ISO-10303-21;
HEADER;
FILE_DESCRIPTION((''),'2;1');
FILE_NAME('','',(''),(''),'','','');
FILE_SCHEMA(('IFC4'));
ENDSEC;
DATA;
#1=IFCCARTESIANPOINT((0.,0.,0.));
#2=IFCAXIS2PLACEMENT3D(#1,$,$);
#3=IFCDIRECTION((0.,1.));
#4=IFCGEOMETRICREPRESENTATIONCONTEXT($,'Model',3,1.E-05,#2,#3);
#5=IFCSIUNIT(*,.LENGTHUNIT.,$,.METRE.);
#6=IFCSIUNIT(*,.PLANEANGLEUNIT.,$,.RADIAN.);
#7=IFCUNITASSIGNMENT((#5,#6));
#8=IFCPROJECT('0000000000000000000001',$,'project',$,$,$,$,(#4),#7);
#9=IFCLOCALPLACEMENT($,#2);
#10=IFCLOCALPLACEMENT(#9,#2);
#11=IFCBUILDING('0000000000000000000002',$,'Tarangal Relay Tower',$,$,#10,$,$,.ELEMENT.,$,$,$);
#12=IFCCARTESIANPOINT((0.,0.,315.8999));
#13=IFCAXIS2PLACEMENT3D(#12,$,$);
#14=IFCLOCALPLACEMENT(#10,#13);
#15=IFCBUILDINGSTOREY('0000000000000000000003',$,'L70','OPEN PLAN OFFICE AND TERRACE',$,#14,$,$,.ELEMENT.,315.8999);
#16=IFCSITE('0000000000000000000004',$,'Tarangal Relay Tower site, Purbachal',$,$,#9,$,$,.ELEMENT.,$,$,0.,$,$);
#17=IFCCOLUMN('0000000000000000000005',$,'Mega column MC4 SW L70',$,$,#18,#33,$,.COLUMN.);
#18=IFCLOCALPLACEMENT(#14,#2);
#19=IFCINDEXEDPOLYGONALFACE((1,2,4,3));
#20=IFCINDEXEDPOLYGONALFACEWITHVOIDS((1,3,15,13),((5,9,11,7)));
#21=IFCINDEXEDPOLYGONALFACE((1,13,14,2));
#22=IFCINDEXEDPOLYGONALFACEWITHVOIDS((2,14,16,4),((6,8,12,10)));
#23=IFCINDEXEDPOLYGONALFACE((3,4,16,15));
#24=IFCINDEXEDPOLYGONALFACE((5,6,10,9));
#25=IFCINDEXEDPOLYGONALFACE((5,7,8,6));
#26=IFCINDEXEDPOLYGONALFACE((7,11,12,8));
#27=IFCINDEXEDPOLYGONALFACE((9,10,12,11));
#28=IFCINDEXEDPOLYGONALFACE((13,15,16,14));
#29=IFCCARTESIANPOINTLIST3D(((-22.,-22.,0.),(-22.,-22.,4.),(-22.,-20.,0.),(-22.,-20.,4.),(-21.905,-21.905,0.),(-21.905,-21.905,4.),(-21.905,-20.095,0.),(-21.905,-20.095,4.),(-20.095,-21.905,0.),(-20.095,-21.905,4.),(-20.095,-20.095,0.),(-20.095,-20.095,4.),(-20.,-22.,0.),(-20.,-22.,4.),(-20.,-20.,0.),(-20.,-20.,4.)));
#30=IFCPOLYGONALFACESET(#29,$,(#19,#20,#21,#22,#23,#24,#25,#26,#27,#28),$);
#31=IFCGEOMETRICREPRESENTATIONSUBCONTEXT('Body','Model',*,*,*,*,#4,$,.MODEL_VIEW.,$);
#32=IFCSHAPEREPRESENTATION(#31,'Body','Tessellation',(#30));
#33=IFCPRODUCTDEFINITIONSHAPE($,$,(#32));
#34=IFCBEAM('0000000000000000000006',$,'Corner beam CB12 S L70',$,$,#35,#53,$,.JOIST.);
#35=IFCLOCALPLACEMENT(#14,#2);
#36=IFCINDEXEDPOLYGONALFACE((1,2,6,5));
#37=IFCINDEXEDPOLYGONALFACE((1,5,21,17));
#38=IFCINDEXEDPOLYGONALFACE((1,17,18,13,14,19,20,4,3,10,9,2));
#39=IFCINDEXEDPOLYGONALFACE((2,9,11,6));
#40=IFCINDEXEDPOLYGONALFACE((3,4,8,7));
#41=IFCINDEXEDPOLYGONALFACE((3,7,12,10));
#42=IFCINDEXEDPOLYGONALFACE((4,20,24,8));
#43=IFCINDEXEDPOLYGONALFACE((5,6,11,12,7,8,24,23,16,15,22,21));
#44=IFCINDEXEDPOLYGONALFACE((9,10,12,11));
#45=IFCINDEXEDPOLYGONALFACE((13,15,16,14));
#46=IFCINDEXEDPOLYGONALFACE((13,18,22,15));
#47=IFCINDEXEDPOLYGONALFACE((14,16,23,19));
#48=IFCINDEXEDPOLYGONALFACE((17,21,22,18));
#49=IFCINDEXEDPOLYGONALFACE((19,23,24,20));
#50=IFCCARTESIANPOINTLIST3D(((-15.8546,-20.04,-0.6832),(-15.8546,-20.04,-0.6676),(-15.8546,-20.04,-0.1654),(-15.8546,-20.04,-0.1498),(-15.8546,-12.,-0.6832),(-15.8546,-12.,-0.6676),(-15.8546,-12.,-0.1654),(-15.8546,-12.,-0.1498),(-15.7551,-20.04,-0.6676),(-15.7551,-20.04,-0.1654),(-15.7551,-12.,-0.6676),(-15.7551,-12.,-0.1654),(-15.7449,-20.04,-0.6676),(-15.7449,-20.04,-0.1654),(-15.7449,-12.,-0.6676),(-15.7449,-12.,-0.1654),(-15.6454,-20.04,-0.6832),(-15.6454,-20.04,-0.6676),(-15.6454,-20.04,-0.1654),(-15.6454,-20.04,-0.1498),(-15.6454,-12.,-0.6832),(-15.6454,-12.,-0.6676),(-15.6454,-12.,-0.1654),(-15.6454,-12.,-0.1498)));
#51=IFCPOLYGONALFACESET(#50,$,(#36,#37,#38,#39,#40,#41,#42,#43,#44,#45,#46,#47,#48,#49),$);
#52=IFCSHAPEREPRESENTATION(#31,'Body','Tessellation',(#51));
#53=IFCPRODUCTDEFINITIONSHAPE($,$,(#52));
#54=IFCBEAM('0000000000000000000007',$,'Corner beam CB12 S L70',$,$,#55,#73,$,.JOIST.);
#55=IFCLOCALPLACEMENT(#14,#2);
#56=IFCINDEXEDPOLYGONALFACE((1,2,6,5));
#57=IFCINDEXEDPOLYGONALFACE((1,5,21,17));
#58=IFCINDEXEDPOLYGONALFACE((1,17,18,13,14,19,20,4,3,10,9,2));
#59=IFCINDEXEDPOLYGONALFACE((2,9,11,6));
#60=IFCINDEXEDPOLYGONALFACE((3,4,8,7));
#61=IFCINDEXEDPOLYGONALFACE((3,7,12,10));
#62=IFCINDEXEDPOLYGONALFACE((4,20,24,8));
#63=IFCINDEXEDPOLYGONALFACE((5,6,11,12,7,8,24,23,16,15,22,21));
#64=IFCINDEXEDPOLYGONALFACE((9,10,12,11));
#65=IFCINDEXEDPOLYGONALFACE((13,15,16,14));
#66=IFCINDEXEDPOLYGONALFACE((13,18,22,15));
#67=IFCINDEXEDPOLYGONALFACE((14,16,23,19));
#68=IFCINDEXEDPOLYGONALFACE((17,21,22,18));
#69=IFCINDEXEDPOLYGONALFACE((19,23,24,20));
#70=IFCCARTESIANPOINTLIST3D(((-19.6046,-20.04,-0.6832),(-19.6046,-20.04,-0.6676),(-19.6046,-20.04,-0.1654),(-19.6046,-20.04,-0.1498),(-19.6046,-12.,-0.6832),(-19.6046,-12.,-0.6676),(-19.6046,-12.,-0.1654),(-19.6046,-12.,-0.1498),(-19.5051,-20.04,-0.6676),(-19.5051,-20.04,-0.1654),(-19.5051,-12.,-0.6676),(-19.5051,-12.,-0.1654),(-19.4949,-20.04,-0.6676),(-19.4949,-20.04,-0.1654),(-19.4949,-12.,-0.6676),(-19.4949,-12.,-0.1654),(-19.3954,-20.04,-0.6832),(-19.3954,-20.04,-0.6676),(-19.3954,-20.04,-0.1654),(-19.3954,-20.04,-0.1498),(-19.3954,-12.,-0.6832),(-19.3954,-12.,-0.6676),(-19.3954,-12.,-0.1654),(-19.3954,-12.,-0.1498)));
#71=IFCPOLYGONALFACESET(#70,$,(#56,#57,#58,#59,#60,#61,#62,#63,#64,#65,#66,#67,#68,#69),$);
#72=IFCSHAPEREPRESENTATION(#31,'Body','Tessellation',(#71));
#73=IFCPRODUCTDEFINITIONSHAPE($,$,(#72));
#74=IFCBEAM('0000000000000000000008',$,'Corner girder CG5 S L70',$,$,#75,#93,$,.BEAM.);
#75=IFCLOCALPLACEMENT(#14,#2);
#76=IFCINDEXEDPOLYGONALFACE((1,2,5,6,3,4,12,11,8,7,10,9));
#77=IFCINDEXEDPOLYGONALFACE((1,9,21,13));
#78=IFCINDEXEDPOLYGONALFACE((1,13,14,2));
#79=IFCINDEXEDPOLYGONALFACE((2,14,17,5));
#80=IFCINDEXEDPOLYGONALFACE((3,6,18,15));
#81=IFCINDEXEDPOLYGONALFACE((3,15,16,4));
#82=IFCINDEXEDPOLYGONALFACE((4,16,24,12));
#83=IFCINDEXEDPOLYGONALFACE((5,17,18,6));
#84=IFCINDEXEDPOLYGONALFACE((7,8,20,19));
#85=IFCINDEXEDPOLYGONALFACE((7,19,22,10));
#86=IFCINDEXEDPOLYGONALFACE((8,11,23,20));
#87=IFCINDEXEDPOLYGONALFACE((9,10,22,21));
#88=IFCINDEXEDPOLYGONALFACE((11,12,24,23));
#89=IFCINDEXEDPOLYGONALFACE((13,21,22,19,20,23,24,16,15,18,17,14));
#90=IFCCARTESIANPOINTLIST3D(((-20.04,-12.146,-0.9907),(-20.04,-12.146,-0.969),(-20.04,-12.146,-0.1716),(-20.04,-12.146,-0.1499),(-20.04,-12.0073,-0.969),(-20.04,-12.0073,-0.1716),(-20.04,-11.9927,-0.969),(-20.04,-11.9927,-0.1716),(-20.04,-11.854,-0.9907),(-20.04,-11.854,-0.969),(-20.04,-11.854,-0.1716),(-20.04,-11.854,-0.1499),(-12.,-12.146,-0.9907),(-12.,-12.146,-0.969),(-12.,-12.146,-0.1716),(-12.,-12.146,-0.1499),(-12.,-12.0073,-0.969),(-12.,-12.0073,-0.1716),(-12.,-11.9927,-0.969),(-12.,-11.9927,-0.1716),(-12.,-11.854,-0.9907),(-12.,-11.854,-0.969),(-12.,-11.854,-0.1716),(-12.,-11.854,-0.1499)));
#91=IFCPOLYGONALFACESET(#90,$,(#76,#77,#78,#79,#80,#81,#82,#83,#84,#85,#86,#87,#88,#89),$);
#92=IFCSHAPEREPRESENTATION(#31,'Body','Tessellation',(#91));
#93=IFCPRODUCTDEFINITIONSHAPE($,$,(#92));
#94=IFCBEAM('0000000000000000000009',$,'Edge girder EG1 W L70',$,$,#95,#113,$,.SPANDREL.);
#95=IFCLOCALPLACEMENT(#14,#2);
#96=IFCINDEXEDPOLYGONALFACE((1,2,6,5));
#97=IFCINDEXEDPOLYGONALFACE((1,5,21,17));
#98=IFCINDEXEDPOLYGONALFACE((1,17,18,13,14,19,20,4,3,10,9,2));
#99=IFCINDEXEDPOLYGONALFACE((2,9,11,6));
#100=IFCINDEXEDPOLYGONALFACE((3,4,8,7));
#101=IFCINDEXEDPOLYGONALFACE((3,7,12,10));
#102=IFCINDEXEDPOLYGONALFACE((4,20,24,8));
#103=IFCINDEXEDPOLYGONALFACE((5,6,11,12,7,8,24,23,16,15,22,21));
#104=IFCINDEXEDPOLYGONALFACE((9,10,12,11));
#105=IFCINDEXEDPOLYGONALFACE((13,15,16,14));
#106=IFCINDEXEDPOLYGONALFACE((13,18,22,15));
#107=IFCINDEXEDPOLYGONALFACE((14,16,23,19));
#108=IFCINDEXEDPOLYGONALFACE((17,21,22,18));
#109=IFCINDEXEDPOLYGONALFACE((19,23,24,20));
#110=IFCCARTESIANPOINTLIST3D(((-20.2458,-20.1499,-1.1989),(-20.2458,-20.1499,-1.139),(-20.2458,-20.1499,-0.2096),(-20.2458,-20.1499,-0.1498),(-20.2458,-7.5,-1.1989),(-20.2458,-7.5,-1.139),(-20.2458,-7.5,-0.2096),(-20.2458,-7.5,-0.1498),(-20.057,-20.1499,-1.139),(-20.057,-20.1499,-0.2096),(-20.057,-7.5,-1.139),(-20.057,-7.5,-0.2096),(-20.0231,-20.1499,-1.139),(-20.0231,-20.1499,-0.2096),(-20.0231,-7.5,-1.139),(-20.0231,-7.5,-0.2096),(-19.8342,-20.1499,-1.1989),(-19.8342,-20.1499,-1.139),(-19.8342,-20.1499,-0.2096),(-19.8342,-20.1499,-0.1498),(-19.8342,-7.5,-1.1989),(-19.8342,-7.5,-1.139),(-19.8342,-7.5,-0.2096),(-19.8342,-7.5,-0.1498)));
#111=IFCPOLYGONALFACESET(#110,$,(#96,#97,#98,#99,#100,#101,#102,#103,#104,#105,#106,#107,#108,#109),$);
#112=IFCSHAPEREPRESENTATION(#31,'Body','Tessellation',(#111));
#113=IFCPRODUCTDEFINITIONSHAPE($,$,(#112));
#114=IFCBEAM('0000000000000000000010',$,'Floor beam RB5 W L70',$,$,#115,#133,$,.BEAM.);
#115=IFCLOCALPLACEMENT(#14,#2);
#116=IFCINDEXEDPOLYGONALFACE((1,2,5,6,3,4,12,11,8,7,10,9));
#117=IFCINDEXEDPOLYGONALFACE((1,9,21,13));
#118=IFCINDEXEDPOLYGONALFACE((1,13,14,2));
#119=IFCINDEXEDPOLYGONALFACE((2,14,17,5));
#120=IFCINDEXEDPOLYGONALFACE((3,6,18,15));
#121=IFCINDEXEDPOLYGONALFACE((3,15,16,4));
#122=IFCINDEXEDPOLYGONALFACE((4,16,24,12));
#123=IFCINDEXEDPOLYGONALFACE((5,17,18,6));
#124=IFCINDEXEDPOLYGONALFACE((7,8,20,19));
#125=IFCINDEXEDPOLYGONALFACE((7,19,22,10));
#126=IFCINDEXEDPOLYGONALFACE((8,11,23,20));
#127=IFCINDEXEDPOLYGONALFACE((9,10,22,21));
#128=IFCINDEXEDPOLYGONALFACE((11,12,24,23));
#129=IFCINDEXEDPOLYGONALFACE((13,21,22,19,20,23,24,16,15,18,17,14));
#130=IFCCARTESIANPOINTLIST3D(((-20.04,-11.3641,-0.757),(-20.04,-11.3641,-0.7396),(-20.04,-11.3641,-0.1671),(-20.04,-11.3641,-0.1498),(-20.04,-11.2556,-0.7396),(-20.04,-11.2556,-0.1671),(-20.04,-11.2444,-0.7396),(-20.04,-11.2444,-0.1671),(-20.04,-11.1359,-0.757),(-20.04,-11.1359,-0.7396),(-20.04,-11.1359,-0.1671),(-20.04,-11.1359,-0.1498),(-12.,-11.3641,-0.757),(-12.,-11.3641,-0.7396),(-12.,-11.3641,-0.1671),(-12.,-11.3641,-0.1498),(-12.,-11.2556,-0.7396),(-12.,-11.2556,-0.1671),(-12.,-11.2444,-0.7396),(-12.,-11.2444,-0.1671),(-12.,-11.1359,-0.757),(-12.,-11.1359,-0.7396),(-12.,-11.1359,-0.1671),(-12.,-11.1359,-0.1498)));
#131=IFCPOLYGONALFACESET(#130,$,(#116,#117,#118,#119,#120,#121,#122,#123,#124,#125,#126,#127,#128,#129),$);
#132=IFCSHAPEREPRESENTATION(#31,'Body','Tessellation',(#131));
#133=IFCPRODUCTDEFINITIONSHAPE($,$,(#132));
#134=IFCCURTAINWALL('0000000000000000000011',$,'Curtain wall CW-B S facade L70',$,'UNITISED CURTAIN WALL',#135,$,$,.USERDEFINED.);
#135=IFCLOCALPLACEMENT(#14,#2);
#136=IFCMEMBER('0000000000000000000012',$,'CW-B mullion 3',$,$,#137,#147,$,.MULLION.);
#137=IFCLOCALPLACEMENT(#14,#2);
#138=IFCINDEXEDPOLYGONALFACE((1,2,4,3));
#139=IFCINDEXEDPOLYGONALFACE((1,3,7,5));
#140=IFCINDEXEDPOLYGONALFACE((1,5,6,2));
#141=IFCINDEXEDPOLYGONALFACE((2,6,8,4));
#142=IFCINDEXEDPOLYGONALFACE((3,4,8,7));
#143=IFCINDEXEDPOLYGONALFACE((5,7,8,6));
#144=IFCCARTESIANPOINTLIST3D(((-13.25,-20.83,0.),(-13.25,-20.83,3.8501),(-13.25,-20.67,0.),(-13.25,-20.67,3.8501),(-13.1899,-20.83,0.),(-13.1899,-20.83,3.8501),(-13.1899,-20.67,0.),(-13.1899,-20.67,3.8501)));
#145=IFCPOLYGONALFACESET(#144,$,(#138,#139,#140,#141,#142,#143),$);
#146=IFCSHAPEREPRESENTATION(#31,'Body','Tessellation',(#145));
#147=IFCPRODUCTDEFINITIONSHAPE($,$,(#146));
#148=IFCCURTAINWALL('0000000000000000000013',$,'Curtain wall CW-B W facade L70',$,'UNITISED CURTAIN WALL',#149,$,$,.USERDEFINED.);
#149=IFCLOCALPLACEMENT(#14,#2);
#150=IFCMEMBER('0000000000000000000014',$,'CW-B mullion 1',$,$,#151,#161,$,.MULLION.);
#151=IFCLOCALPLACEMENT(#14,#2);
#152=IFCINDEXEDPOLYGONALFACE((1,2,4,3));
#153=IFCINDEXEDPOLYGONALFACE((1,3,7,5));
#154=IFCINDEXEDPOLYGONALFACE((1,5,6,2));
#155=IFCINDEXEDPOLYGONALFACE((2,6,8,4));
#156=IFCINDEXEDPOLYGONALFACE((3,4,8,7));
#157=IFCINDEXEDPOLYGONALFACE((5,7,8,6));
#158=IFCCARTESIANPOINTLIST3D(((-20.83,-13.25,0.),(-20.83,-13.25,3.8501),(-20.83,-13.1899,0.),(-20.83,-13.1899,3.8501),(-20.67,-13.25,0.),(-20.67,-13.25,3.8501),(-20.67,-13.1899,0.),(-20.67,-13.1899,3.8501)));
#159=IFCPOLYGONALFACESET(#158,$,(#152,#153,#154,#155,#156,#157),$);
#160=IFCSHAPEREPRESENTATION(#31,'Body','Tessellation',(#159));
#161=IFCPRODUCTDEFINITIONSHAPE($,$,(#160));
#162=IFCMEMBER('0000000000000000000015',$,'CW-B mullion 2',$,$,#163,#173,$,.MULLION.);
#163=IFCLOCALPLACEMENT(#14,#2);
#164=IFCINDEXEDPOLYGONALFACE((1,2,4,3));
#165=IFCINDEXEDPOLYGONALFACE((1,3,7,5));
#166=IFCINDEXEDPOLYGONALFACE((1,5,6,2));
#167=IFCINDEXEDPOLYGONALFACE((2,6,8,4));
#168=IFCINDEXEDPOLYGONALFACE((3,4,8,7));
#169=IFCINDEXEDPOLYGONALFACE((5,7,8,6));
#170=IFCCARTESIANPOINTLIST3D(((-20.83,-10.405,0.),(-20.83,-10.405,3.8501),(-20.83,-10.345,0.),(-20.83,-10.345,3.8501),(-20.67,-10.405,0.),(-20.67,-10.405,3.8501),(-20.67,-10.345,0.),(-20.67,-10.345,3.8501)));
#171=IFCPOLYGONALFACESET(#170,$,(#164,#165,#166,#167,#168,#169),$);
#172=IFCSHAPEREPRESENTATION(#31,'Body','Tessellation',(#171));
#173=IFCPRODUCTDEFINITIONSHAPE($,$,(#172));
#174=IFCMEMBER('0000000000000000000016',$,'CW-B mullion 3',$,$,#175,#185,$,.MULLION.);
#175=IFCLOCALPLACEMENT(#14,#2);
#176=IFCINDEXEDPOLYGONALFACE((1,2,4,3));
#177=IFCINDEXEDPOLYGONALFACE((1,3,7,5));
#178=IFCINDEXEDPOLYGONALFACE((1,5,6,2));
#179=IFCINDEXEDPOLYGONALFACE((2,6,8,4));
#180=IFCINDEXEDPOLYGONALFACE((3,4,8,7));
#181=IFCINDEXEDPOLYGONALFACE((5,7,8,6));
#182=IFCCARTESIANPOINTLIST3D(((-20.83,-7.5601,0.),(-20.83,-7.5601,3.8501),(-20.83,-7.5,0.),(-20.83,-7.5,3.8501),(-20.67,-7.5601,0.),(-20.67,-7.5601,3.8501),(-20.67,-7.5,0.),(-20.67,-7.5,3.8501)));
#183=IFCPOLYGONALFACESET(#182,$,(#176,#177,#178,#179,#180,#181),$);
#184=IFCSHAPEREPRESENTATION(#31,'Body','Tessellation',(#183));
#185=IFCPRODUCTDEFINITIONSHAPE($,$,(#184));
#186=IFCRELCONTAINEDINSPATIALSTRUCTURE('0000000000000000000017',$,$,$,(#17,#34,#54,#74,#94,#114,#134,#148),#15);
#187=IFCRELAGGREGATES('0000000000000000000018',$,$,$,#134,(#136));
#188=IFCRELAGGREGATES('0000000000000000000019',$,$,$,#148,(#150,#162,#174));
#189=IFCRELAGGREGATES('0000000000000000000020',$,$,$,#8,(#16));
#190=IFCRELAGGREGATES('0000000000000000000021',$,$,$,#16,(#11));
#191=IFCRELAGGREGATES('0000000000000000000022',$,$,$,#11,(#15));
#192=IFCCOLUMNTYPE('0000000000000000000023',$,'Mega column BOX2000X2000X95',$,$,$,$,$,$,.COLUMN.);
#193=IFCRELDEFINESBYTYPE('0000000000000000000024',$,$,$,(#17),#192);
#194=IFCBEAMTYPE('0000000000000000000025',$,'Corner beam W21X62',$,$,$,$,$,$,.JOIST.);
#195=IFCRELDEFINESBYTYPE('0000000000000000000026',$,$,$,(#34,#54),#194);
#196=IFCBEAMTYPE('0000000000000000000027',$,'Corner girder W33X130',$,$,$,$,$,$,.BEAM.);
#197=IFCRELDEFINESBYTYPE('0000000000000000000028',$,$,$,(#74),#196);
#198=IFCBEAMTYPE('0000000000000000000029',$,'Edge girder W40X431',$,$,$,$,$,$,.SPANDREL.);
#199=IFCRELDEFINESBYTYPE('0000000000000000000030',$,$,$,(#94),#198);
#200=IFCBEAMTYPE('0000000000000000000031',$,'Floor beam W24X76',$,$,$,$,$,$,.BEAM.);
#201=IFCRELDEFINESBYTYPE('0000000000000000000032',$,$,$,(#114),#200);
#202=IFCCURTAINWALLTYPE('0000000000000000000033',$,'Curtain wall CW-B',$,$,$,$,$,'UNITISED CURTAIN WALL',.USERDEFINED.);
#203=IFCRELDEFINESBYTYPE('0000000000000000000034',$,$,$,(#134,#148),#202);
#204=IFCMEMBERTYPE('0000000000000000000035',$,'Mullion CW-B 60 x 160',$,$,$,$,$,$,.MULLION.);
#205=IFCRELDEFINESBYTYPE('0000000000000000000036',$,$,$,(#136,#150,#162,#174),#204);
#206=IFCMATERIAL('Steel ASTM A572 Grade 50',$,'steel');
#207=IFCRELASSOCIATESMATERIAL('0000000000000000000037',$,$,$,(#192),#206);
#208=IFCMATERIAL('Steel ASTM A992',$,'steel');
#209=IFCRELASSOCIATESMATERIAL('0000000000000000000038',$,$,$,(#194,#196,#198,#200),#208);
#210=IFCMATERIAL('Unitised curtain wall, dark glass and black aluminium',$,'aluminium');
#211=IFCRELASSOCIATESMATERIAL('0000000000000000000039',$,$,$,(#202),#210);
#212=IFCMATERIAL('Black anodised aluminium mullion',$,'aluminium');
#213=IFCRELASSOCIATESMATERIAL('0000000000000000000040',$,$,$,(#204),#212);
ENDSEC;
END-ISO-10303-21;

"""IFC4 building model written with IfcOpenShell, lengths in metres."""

from ifc_helpers import new_model, si_unit, direction, frame, origin, origin_2d, place, context, subcontext, project, spatial, rectangle, hollow_rectangle, i_section, extrude, material, material_profile, profile_set, type_object, element, aggregate, save


model = new_model("IFC4")

# Units and contexts
model_context = context("Model", 3, precision=1e-05, world=origin(), true_north=direction((0.0, 1.0)))
body_context = subcontext(model_context, "Body", "Model", "MODEL_VIEW")
ifc_project = project(units=[si_unit("LENGTHUNIT", "METRE"), si_unit("PLANEANGLEUNIT", "RADIAN")], contexts=[model_context])

# Site, building, storey
site_placement = place(None, origin())
site = spatial("IfcSite", under=ifc_project, at=site_placement, Name="Tarangal Relay Tower site, Purbachal", CompositionType="ELEMENT", RefElevation=0.0)
building_placement = place(site_placement, origin())
building = spatial("IfcBuilding", under=site, at=building_placement, Name="Tarangal Relay Tower", CompositionType="ELEMENT")
storey_placement = place(building_placement, frame((0.0, 0.0, 315.8999)))
storey = spatial("IfcBuildingStorey", under=building, at=storey_placement, Name="L70", Description="OPEN PLAN OFFICE AND TERRACE", CompositionType="ELEMENT", Elevation=315.8999)

# Column
ifc_material_1 = material(Name="Steel ASTM A572 Grade 50", Category="steel")
ifc_material_profile_1 = material_profile(ifc_material_1, hollow_rectangle(XDim=2.0, YDim=2.0, WallThickness=0.095, at=origin_2d()), Name="BOX2000X2000X95")
ifc_profile_set_1 = profile_set([ifc_material_profile_1], Name="Steel ASTM A572 Grade 50")
column_type = type_object("IfcColumnType", Name="Mega column BOX2000X2000X95", PredefinedType="COLUMN", material=ifc_profile_set_1)
column_placement = place(storey_placement, frame((-21.0, -21.0, 0.0), z_axis=(0.0, 0.0, 1.0), x_axis=(1.0, 0.0, 0.0)))
element("IfcColumn", 1, at=column_placement, inside=storey, type_object=column_type, Name="Mega column MC4 SW L70", PredefinedType="COLUMN", context=body_context, shape_type="SweptSolid", body=[
    extrude(hollow_rectangle(XDim=2.0, YDim=2.0, WallThickness=0.095, at=origin_2d()), origin(), (0.0, 0.0, 1.0), 4.0),
])

# Beams
ifc_material_2 = material(Name="Steel ASTM A992", Category="steel")
ifc_material_profile_2 = material_profile(ifc_material_2, i_section(OverallWidth=0.2092, OverallDepth=0.5334, WebThickness=0.0103, FlangeThickness=0.0156, at=origin_2d()), Name="W21X62")
ifc_profile_set_2 = profile_set([ifc_material_profile_2], Name="Steel ASTM A992")
beam_type_1 = type_object("IfcBeamType", Name="Corner beam W21X62", PredefinedType="JOIST", material=ifc_profile_set_2)
for number, where, z_axis, x_axis, name in (
    (2, (-15.75, -12.0, -0.4165), (0.0, -1.0, 0.0), (1.0, 0.0, 0.0), "Corner beam CB12 S L70"),
    (3, (-19.5, -12.0, -0.4165), (0.0, -1.0, 0.0), (1.0, 0.0, 0.0), "Corner beam CB12 S L70"),
):
    element("IfcBeam", number, at=place(storey_placement, frame(where, z_axis=z_axis, x_axis=x_axis)), inside=storey, type_object=beam_type_1, Name=name, PredefinedType="JOIST", context=body_context, shape_type="SweptSolid", body=[
        extrude(i_section(OverallWidth=0.2092, OverallDepth=0.5334, WebThickness=0.0103, FlangeThickness=0.0156, at=origin_2d()), origin(), (0.0, 0.0, 1.0), 8.04),
    ])
ifc_material_profile_3 = material_profile(ifc_material_2, i_section(OverallWidth=0.292, OverallDepth=0.8408, WebThickness=0.0146, FlangeThickness=0.0217, at=origin_2d()), Name="W33X130")
ifc_profile_set_3 = profile_set([ifc_material_profile_3], Name="Steel ASTM A992")
beam_type_2 = type_object("IfcBeamType", Name="Corner girder W33X130", PredefinedType="BEAM", material=ifc_profile_set_3)
beam_1_placement = place(storey_placement, frame((-12.0, -12.0, -0.5703), z_axis=(-1.0, 0.0, 0.0), x_axis=(0.0, -1.0, 0.0)))
element("IfcBeam", 4, at=beam_1_placement, inside=storey, type_object=beam_type_2, Name="Corner girder CG5 S L70", PredefinedType="BEAM", context=body_context, shape_type="SweptSolid", body=[
    extrude(i_section(OverallWidth=0.292, OverallDepth=0.8408, WebThickness=0.0146, FlangeThickness=0.0217, at=origin_2d()), origin(), (0.0, 0.0, 1.0), 8.04),
])
ifc_material_profile_4 = material_profile(ifc_material_2, i_section(OverallWidth=0.4116, OverallDepth=1.0491, WebThickness=0.0339, FlangeThickness=0.0598, at=origin_2d()), Name="W40X431")
ifc_profile_set_4 = profile_set([ifc_material_profile_4], Name="Steel ASTM A992")
beam_type_3 = type_object("IfcBeamType", Name="Edge girder W40X431", PredefinedType="SPANDREL", material=ifc_profile_set_4)
beam_2_placement = place(storey_placement, frame((-20.04, -20.1499, -0.6743), z_axis=(0.0, 1.0, 0.0), x_axis=(-1.0, 0.0, 0.0)))
element("IfcBeam", 5, at=beam_2_placement, inside=storey, type_object=beam_type_3, Name="Edge girder EG1 W L70", PredefinedType="SPANDREL", context=body_context, shape_type="SweptSolid", body=[
    extrude(i_section(OverallWidth=0.4116, OverallDepth=1.0491, WebThickness=0.0339, FlangeThickness=0.0598, at=origin_2d()), origin(), (0.0, 0.0, 1.0), 12.6499),
])
ifc_material_profile_5 = material_profile(ifc_material_2, i_section(OverallWidth=0.2283, OverallDepth=0.6072, WebThickness=0.0112, FlangeThickness=0.0173, at=origin_2d()), Name="W24X76")
ifc_profile_set_5 = profile_set([ifc_material_profile_5], Name="Steel ASTM A992")
beam_type_4 = type_object("IfcBeamType", Name="Floor beam W24X76", PredefinedType="BEAM", material=ifc_profile_set_5)
beam_3_placement = place(storey_placement, frame((-12.0, -11.25, -0.4534), z_axis=(-1.0, 0.0, 0.0), x_axis=(0.0, -1.0, 0.0)))
element("IfcBeam", 6, at=beam_3_placement, inside=storey, type_object=beam_type_4, Name="Floor beam RB5 W L70", PredefinedType="BEAM", context=body_context, shape_type="SweptSolid", body=[
    extrude(i_section(OverallWidth=0.2283, OverallDepth=0.6072, WebThickness=0.0112, FlangeThickness=0.0173, at=origin_2d()), origin(), (0.0, 0.0, 1.0), 8.04),
])

# Curtain wall, member
ifc_material_3 = material(Name="Unitised curtain wall, dark glass and black aluminium", Category="aluminium")
curtain_wall_type = type_object("IfcCurtainWallType", Name="Curtain wall CW-B", ElementType="UNITISED CURTAIN WALL", PredefinedType="USERDEFINED", material=ifc_material_3)
curtain_wall_1_placement = place(storey_placement, origin())
curtain_wall_1 = element("IfcCurtainWall", 7, at=curtain_wall_1_placement, inside=storey, type_object=curtain_wall_type, Name="Curtain wall CW-B S facade L70", ObjectType="UNITISED CURTAIN WALL", PredefinedType="USERDEFINED")
ifc_material_4 = material(Name="Black anodised aluminium mullion", Category="aluminium")
ifc_material_profile_6 = material_profile(ifc_material_4, rectangle(XDim=0.1599, YDim=0.0601, at=origin_2d()), Name="CW-BM 60X160")
ifc_profile_set_6 = profile_set([ifc_material_profile_6], Name="Black anodised aluminium mullion")
member_type_1 = type_object("IfcMemberType", Name="Mullion CW-B 60 x 160", PredefinedType="MULLION", material=ifc_profile_set_6)
member_1_placement = place(storey_placement, frame((-13.22, -20.75, 0.0), z_axis=(0.0, 0.0, 1.0), x_axis=(0.0, -1.0, 0.0)))
member_1 = element("IfcMember", 8, at=member_1_placement, type_object=member_type_1, Name="CW-B mullion 3", PredefinedType="MULLION", context=body_context, shape_type="SweptSolid", body=[
    extrude(rectangle(XDim=0.1599, YDim=0.0601, at=origin_2d()), origin(), (0.0, 0.0, 1.0), 3.8501),
])
aggregate(curtain_wall_1, [member_1])

# Curtain wall, members
curtain_wall_2_placement = place(storey_placement, origin())
curtain_wall_2 = element("IfcCurtainWall", 9, at=curtain_wall_2_placement, inside=storey, type_object=curtain_wall_type, Name="Curtain wall CW-B W facade L70", ObjectType="UNITISED CURTAIN WALL", PredefinedType="USERDEFINED")
member_2_placement = place(storey_placement, frame((-20.75, -13.22, 0.0), z_axis=(0.0, 0.0, 1.0), x_axis=(-1.0, 0.0, 0.0)))
member_2 = element("IfcMember", 10, at=member_2_placement, type_object=member_type_1, Name="CW-B mullion 1", PredefinedType="MULLION", context=body_context, shape_type="SweptSolid", body=[
    extrude(rectangle(XDim=0.1599, YDim=0.0601, at=origin_2d()), origin(), (0.0, 0.0, 1.0), 3.8501),
])
member_3_placement = place(storey_placement, frame((-20.75, -10.375, 0.0), z_axis=(0.0, 0.0, 1.0), x_axis=(-1.0, 0.0, 0.0)))
member_3 = element("IfcMember", 11, at=member_3_placement, type_object=member_type_1, Name="CW-B mullion 2", PredefinedType="MULLION", context=body_context, shape_type="SweptSolid", body=[
    extrude(rectangle(XDim=0.1599, YDim=0.0601, at=origin_2d()), origin(), (0.0, 0.0, 1.0), 3.8501),
])
member_4_placement = place(storey_placement, frame((-20.75, -7.53, 0.0), z_axis=(0.0, 0.0, 1.0), x_axis=(-1.0, 0.0, 0.0)))
member_4 = element("IfcMember", 12, at=member_4_placement, type_object=member_type_1, Name="CW-B mullion 3", PredefinedType="MULLION", context=body_context, shape_type="SweptSolid", body=[
    extrude(rectangle(XDim=0.1599, YDim=0.0601, at=origin_2d()), origin(), (0.0, 0.0, 1.0), 3.8501),
])
aggregate(curtain_wall_2, [member_2, member_3, member_4])

save(model, "model.ifc")
